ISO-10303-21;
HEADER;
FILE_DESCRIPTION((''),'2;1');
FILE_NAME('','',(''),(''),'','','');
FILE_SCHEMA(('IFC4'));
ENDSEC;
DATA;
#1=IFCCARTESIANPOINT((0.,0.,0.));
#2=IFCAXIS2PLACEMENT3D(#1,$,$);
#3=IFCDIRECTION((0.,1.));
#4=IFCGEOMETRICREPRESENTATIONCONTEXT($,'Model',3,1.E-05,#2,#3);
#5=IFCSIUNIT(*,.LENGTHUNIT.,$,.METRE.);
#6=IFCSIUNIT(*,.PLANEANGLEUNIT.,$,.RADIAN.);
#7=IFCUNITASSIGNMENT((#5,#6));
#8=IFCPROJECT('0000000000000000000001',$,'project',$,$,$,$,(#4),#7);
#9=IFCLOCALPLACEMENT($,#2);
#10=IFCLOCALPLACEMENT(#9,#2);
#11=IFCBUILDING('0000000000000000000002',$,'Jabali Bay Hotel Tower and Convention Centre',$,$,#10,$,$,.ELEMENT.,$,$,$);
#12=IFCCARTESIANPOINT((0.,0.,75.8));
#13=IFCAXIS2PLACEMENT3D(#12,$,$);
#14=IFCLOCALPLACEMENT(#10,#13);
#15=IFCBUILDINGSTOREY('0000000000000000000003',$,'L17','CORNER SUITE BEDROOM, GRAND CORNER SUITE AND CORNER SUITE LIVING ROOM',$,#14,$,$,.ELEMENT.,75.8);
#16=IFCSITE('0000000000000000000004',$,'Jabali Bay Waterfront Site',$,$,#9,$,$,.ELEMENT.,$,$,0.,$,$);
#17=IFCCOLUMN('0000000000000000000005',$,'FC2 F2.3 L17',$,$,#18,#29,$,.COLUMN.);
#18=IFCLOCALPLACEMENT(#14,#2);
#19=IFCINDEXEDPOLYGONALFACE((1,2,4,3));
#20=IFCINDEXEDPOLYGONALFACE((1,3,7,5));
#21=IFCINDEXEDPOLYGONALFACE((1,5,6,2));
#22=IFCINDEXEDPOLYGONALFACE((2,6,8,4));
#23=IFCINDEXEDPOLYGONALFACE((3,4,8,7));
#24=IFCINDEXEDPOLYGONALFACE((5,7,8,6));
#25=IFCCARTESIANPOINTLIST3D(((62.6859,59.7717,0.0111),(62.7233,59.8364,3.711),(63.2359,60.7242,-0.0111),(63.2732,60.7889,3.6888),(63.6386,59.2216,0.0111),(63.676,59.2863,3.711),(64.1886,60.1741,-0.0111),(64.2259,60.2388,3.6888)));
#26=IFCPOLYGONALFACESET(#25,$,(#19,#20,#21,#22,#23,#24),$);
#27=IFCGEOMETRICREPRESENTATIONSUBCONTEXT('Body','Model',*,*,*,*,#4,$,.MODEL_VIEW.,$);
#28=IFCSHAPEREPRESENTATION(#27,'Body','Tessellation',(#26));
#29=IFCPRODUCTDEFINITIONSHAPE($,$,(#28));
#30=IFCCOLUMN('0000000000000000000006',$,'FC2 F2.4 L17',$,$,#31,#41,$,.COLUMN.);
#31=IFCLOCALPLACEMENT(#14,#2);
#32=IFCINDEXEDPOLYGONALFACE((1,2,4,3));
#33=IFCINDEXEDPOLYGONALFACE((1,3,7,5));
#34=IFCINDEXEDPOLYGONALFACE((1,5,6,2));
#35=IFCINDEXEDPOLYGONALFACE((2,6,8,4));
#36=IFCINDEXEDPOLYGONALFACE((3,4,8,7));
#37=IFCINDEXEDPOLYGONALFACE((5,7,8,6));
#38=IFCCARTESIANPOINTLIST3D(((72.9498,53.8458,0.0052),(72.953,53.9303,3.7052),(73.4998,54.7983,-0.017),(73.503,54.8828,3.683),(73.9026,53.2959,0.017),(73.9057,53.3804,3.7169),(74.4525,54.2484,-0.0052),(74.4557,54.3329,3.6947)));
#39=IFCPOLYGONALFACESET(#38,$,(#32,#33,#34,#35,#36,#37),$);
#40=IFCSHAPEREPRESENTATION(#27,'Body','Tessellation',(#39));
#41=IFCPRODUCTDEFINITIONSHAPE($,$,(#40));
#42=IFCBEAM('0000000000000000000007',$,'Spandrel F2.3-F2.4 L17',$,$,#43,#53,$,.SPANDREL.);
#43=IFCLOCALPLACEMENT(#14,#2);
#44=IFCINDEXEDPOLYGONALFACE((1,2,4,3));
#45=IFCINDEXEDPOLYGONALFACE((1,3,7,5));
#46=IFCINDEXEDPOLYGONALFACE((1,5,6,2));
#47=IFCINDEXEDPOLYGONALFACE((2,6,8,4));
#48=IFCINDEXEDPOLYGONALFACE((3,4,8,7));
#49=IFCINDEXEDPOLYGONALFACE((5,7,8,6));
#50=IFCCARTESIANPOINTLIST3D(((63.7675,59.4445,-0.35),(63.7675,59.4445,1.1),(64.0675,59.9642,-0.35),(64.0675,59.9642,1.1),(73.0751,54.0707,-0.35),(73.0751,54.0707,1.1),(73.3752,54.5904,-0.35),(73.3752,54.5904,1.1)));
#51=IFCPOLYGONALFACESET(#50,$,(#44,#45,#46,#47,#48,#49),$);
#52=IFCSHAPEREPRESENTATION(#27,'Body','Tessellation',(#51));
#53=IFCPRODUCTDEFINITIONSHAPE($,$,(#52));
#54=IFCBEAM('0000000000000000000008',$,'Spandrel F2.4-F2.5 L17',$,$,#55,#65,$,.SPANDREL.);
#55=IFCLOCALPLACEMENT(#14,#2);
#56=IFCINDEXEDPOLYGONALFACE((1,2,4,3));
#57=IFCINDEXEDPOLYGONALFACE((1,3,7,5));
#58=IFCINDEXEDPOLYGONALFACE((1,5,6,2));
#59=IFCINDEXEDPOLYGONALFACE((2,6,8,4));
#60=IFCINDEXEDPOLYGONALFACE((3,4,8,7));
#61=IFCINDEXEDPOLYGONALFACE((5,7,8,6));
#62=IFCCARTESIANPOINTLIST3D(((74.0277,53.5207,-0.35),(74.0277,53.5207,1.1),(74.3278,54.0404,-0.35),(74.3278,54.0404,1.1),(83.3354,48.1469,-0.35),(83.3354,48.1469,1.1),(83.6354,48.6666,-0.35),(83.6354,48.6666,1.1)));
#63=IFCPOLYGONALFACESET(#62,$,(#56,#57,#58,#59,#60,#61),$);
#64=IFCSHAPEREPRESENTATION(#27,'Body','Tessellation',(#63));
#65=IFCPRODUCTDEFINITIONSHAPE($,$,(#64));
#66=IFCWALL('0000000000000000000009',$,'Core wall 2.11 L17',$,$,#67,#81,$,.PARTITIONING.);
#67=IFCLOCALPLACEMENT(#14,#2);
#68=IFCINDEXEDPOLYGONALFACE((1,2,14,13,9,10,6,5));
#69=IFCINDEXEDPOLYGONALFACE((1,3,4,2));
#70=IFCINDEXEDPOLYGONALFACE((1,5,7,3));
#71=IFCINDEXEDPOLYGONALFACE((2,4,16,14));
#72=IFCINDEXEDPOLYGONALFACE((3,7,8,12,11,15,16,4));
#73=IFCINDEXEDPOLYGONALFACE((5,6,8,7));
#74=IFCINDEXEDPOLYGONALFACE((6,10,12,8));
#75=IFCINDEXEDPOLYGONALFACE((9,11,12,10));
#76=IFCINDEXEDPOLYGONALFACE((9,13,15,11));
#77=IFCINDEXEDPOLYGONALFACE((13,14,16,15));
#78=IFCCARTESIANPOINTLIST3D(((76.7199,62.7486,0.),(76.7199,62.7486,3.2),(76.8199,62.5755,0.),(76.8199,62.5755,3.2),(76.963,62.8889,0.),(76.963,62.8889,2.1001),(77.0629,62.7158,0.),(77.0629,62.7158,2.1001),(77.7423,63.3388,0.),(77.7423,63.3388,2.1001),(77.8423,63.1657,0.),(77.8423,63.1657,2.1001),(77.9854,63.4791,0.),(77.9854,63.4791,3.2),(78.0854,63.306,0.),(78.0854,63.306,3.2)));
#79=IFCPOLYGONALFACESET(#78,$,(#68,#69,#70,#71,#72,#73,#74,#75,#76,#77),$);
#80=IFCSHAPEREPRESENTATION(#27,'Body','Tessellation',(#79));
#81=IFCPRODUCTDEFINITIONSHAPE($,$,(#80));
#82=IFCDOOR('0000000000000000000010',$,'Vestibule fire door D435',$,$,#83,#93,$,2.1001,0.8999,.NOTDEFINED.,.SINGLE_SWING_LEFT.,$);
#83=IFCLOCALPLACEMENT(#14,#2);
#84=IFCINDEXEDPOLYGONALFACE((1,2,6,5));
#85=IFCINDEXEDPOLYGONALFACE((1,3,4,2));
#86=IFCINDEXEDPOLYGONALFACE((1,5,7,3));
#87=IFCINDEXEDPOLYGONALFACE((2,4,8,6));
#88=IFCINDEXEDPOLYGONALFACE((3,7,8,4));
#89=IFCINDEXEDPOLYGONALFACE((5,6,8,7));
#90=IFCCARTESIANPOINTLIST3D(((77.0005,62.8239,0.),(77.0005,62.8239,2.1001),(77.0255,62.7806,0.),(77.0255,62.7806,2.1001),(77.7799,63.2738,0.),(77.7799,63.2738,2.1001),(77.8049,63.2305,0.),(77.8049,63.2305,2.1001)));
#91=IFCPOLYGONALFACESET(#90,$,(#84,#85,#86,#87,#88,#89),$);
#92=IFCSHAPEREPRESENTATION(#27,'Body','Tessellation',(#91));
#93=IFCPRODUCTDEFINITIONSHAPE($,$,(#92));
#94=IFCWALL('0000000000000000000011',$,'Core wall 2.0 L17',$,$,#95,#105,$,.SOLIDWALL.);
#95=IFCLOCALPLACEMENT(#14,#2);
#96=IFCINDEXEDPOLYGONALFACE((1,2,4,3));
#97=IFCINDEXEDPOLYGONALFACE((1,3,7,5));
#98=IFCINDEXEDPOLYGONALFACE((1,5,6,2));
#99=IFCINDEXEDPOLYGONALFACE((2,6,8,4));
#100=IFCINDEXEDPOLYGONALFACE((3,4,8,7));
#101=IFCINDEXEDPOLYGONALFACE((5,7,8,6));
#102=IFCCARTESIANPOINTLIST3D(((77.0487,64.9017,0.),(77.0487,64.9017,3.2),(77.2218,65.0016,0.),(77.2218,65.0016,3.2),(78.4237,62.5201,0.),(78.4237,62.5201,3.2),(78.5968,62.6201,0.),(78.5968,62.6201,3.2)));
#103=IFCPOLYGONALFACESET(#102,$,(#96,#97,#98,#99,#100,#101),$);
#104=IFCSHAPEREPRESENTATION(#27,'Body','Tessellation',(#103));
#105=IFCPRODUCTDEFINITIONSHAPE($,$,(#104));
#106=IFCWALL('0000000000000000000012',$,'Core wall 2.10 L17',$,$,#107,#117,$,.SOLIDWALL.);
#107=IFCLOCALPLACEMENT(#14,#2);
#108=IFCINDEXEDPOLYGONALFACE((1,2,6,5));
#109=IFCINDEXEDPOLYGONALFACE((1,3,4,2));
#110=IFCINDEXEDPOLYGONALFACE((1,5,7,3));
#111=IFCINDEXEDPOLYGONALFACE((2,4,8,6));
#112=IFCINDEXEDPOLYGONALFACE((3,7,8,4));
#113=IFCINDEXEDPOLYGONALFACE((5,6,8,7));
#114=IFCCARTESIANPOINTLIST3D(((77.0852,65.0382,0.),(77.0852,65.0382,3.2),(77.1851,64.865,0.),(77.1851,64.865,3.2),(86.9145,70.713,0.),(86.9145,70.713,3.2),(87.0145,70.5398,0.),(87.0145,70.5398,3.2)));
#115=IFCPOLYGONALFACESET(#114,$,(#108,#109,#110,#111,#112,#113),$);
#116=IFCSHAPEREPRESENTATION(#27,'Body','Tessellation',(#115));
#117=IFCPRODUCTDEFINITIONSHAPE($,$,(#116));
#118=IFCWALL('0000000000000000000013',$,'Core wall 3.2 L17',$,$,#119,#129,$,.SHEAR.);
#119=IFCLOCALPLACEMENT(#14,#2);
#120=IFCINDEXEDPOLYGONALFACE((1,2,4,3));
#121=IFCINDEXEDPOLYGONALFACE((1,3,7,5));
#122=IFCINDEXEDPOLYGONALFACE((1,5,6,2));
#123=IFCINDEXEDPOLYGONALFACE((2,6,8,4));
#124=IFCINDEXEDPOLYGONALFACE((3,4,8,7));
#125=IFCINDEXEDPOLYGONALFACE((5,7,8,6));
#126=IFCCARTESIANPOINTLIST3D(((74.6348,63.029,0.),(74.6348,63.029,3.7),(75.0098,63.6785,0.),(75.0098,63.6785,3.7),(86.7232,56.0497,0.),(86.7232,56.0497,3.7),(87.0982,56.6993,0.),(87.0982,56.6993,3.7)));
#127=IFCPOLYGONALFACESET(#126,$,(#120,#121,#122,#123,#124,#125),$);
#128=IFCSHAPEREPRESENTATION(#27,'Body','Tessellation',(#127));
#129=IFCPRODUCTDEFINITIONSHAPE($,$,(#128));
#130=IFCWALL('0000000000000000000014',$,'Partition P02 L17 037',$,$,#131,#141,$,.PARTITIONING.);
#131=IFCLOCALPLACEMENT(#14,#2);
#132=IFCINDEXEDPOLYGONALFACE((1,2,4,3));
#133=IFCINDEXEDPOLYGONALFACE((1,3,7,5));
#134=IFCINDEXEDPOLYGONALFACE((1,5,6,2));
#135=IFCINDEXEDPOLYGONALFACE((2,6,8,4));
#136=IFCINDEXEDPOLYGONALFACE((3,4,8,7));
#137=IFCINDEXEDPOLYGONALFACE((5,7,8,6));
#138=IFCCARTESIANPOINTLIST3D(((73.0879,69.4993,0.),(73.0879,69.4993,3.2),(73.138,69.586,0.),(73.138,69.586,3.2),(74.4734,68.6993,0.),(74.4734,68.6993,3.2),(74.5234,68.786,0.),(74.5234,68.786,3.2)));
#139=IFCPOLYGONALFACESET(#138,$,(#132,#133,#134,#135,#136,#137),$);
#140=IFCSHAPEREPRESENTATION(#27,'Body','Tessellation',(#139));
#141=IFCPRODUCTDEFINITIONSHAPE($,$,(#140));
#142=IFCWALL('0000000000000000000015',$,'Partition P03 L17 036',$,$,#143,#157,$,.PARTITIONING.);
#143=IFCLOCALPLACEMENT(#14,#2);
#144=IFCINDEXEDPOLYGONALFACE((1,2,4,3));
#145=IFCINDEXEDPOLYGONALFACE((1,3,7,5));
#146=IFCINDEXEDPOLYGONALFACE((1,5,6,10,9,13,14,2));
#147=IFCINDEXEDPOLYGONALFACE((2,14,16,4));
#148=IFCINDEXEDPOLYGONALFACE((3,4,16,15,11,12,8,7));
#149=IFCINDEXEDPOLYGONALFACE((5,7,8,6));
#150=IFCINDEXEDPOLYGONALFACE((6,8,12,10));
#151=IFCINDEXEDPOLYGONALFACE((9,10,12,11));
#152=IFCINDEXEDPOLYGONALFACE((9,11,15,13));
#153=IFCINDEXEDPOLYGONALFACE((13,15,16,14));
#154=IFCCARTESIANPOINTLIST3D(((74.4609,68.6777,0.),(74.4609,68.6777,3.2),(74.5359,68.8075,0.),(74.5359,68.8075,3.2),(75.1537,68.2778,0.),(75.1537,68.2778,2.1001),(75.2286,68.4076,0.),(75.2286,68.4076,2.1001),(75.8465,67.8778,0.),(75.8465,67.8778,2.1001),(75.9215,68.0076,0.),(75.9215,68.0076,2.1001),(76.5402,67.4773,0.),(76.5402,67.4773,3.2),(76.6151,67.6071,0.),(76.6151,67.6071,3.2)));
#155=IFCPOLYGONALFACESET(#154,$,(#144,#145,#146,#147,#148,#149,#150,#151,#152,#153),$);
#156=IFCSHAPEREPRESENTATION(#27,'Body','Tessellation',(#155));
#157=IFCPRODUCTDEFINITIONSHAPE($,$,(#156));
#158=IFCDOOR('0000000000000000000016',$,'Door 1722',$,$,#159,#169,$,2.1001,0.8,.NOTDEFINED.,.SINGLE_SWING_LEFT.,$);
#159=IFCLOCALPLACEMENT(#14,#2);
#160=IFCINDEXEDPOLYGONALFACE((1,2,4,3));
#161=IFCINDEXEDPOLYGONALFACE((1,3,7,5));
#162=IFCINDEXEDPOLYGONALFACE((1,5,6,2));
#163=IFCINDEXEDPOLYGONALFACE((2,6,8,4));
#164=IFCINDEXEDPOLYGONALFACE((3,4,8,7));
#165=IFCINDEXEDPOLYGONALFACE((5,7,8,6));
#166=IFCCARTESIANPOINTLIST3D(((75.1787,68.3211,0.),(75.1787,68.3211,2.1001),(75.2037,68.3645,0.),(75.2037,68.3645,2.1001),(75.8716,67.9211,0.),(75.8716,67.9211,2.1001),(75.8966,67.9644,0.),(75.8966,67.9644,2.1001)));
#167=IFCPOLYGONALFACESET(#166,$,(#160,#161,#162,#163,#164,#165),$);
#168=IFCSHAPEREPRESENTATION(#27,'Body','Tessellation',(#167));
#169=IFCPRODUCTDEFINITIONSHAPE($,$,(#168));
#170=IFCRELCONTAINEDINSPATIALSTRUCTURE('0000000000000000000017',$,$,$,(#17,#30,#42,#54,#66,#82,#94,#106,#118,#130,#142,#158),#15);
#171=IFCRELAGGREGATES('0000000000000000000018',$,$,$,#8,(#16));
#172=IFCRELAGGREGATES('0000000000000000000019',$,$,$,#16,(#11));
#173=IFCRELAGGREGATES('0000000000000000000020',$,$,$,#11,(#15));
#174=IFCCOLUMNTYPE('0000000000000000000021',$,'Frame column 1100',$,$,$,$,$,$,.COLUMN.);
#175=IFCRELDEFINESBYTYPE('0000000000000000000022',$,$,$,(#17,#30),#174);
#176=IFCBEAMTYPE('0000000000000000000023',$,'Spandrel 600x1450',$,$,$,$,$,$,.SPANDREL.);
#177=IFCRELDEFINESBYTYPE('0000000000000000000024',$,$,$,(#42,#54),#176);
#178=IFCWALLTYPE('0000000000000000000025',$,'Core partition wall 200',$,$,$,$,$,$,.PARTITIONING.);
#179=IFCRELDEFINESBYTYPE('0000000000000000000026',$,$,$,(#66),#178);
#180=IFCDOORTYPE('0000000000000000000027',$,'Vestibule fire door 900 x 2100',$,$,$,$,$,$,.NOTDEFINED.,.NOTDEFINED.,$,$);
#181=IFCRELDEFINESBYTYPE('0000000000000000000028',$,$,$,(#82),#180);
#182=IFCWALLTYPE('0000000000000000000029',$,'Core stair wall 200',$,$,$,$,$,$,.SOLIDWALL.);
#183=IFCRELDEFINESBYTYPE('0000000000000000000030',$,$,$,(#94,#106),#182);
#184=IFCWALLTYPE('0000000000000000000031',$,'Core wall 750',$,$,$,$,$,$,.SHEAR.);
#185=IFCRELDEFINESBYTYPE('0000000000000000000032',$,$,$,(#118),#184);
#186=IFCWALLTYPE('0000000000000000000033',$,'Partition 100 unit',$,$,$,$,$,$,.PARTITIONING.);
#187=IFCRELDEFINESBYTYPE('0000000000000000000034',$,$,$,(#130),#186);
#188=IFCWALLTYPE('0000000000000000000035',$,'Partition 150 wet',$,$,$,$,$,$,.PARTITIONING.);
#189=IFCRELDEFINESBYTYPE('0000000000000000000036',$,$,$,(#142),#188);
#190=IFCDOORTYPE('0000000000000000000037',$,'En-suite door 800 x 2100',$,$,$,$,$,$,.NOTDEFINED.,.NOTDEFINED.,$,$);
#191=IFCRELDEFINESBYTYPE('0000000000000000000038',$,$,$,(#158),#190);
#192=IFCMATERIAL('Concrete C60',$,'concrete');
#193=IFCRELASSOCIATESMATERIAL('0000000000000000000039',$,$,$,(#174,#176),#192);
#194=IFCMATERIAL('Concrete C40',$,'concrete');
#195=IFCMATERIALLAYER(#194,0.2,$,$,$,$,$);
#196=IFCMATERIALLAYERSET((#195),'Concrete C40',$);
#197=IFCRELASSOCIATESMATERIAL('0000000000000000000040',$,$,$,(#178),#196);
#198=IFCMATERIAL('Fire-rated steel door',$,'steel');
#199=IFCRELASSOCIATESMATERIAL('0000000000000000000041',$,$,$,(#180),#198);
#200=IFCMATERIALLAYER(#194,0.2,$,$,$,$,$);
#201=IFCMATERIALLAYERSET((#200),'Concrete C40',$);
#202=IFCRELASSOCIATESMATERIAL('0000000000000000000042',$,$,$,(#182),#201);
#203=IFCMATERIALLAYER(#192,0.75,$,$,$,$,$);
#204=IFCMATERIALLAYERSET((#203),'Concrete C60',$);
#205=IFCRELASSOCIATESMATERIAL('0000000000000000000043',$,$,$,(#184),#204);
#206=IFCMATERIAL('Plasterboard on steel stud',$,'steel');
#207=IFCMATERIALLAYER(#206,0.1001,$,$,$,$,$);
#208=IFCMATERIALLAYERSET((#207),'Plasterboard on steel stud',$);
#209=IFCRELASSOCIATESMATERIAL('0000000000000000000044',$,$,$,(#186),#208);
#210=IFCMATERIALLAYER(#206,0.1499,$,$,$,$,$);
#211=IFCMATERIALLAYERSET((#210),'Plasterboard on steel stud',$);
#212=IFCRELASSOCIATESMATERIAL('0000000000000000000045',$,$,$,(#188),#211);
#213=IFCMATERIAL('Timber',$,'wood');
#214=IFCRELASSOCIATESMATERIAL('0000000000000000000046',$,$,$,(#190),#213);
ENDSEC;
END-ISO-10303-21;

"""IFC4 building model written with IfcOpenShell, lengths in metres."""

from ifc_helpers import new_model, si_unit, direction, frame, frame_2d, origin, origin_2d, place, context, subcontext, project, spatial, rectangle, extrude, material, layer, layer_set, material_profile, profile_set, type_object, element, fill, save


model = new_model("IFC4")

# Units and contexts
model_context = context("Model", 3, precision=1e-05, world=origin(), true_north=direction((0.0, 1.0)))
body_context = subcontext(model_context, "Body", "Model", "MODEL_VIEW")
ifc_project = project(units=[si_unit("LENGTHUNIT", "METRE"), si_unit("PLANEANGLEUNIT", "RADIAN")], contexts=[model_context])

# Site, building, storey
site_placement = place(None, origin())
site = spatial("IfcSite", under=ifc_project, at=site_placement, Name="Jabali Bay Waterfront Site", CompositionType="ELEMENT", RefElevation=0.0)
building_placement = place(site_placement, origin())
building = spatial("IfcBuilding", under=site, at=building_placement, Name="Jabali Bay Hotel Tower and Convention Centre", CompositionType="ELEMENT")
storey_placement = place(building_placement, frame((0.0, 0.0, 75.8)))
storey = spatial("IfcBuildingStorey", under=building, at=storey_placement, Name="L17", Description="CORNER SUITE BEDROOM, GRAND CORNER SUITE AND CORNER SUITE LIVING ROOM", CompositionType="ELEMENT", Elevation=75.8)

# Columns
ifc_material_1 = material(Name="Concrete C60", Category="concrete")
ifc_material_profile_1 = material_profile(ifc_material_1, rectangle(XDim=1.1001, YDim=1.1001, at=origin_2d()), Name="Frame column 1100")
ifc_profile_set_1 = profile_set([ifc_material_profile_1], Name="Concrete C60")
column_type = type_object("IfcColumnType", Name="Frame column 1100", PredefinedType="COLUMN", material=ifc_profile_set_1)
column_1_placement = place(storey_placement, frame((63.4373, 59.9729, 0.0), z_axis=(0.010094, 0.017482, 0.999796), x_axis=(-0.866026, 0.499999, 0.0)))
element("IfcColumn", 1, at=column_1_placement, inside=storey, type_object=column_type, Name="FC2 F2.3 L17", PredefinedType="COLUMN", context=body_context, shape_type="SweptSolid", body=[
    extrude(rectangle(XDim=1.1001, YDim=1.1001, at=origin_2d()), origin(), (0.0, 0.0, 1.0), 3.7007),
])
column_2_placement = place(storey_placement, frame((73.7012, 54.0471, 0.0), z_axis=(0.000858, 0.022825, 0.999739), x_axis=(-0.499939, -0.865825, 0.020196)))
element("IfcColumn", 2, at=column_2_placement, inside=storey, type_object=column_type, Name="FC2 F2.4 L17", PredefinedType="COLUMN", context=body_context, shape_type="SweptSolid", body=[
    extrude(rectangle(XDim=1.1001, YDim=1.1001, at=origin_2d()), origin(), (0.0, 0.0, 1.0), 3.7009),
])

# Beams
ifc_material_profile_2 = material_profile(ifc_material_1, rectangle(XDim=0.6001, YDim=1.45, at=origin_2d()), Name="Spandrel 600x1450")
ifc_profile_set_2 = profile_set([ifc_material_profile_2], Name="Concrete C60")
beam_type = type_object("IfcBeamType", Name="Spandrel 600x1450", PredefinedType="SPANDREL", material=ifc_profile_set_2)
for number, where, z_axis, x_axis, name in (
    (3, (63.9175, 59.7043, 0.375), (0.866024, -0.500002, 0.0), (0.500002, 0.866024, 0.0), "Spandrel F2.3-F2.4 L17"),
    (4, (74.1777, 53.7805, 0.375), (0.866024, -0.500002, 0.0), (0.500002, 0.866024, 0.0), "Spandrel F2.4-F2.5 L17"),
):
    element("IfcBeam", number, at=place(storey_placement, frame(where, z_axis=z_axis, x_axis=x_axis)), inside=storey, type_object=beam_type, Name=name, PredefinedType="SPANDREL", context=body_context, shape_type="SweptSolid", body=[
        extrude(rectangle(XDim=0.6001, YDim=1.45, at=origin_2d()), origin(), (0.0, 0.0, 1.0), 10.7476),
    ])

# Wall, opening, door
ifc_material_2 = material(Name="Concrete C40", Category="concrete")
ifc_layer_1 = layer(ifc_material_2, 0.2)
ifc_layer_set_1 = layer_set([ifc_layer_1], Name="Concrete C40")
wall_type_1 = type_object("IfcWallType", Name="Core partition wall 200", PredefinedType="PARTITIONING", material=ifc_layer_set_1)
wall_1_placement = place(storey_placement, frame((76.77, 62.6621, 0.0), z_axis=(0.0, 0.0, 1.0), x_axis=(0.866055, 0.499949, 0.0)))
wall_1 = element("IfcWall", 5, at=wall_1_placement, inside=storey, type_object=wall_type_1, Name="Core wall 2.11 L17", PredefinedType="PARTITIONING", context=body_context, shape_type="SweptSolid", body=[
    extrude(rectangle(XDim=1.4612, YDim=0.2, at=frame_2d((0.7305, 0.0))), origin(), (0.0, 0.0, 1.0), 3.2),
])
opening_1_placement = place(wall_1_placement, frame((0.2805, 0.0, 0.0)))
opening_1 = element("IfcOpeningElement", 6, at=opening_1_placement, cuts=wall_1, PredefinedType="OPENING", context=body_context, shape_type="SweptSolid", body=[
    extrude(rectangle(XDim=0.8999, YDim=2.1001, at=frame_2d((0.45, 1.05))), frame((0.0, 0.1104, 0.0), z_axis=(0.0, -1.0, 0.0), x_axis=(1.0, 0.0, 0.0)), (0.0, 0.0, 1.0), 0.2209),
])
ifc_material_3 = material(Name="Fire-rated steel door", Category="steel")
door_type_1 = type_object("IfcDoorType", Name="Vestibule fire door 900 x 2100", OperationType="NOTDEFINED", PredefinedType="NOTDEFINED", material=ifc_material_3)
door_1_placement = place(opening_1_placement, origin())
door_1 = element("IfcDoor", 7, at=door_1_placement, inside=storey, type_object=door_type_1, Name="Vestibule fire door D435", OperationType="SINGLE_SWING_LEFT", OverallHeight=2.1001, OverallWidth=0.8999, PredefinedType="NOTDEFINED", context=body_context, shape_type="SweptSolid", body=[
    extrude(rectangle(XDim=0.8999, YDim=2.1001, at=frame_2d((0.45, 1.05))), frame((0.0, 0.0249, 0.0), z_axis=(0.0, -1.0, 0.0), x_axis=(1.0, 0.0, 0.0)), (0.0, 0.0, 1.0), 0.05),
])
fill(opening_1, door_1)

# Walls
ifc_layer_2 = layer(ifc_material_2, 0.2)
ifc_layer_set_2 = layer_set([ifc_layer_2], Name="Concrete C40")
wall_type_2 = type_object("IfcWallType", Name="Core stair wall 200", PredefinedType="SOLIDWALL", material=ifc_layer_set_2)
wall_2_placement = place(storey_placement, frame((77.1353, 64.9517, 0.0), z_axis=(0.0, 0.0, 1.0), x_axis=(0.499997, -0.866027, 0.0)))
element("IfcWall", 8, at=wall_2_placement, inside=storey, type_object=wall_type_2, Name="Core wall 2.0 L17", PredefinedType="SOLIDWALL", context=body_context, shape_type="SweptSolid", body=[
    extrude(rectangle(XDim=2.75, YDim=0.2, at=frame_2d((1.375, 0.0))), origin(), (0.0, 0.0, 1.0), 3.2),
])
wall_3_placement = place(storey_placement, frame((77.1353, 64.9517, 0.0), z_axis=(0.0, 0.0, 1.0), x_axis=(0.866032, 0.499989, 0.0)))
element("IfcWall", 9, at=wall_3_placement, inside=storey, type_object=wall_type_2, Name="Core wall 2.10 L17", PredefinedType="SOLIDWALL", context=body_context, shape_type="SweptSolid", body=[
    extrude(rectangle(XDim=11.3499, YDim=0.2, at=frame_2d((5.6748, 0.0))), origin(), (0.0, 0.0, 1.0), 3.2),
])
ifc_layer_3 = layer(ifc_material_1, 0.75)
ifc_layer_set_3 = layer_set([ifc_layer_3], Name="Concrete C60")
wall_type_3 = type_object("IfcWallType", Name="Core wall 750", PredefinedType="SHEAR", material=ifc_layer_set_3)
wall_4_placement = place(storey_placement, frame((74.8223, 63.3538, 0.0), z_axis=(0.0, 0.0, 1.0), x_axis=(0.866025, -0.500001, 0.0)))
element("IfcWall", 10, at=wall_4_placement, inside=storey, type_object=wall_type_3, Name="Core wall 3.2 L17", PredefinedType="SHEAR", context=body_context, shape_type="SweptSolid", body=[
    extrude(rectangle(XDim=13.9585, YDim=0.75, at=frame_2d((6.9792, 0.0))), origin(), (0.0, 0.0, 1.0), 3.7),
])
ifc_material_4 = material(Name="Plasterboard on steel stud", Category="steel")
ifc_layer_4 = layer(ifc_material_4, 0.1001)
ifc_layer_set_4 = layer_set([ifc_layer_4], Name="Plasterboard on steel stud")
wall_type_4 = type_object("IfcWallType", Name="Partition 100 unit", PredefinedType="PARTITIONING", material=ifc_layer_set_4)
wall_5_placement = place(storey_placement, frame((74.4983, 68.7427, 0.0), z_axis=(0.0, 0.0, 1.0), x_axis=(-0.86599, 0.500061, 0.0)))
element("IfcWall", 11, at=wall_5_placement, inside=storey, type_object=wall_type_4, Name="Partition P02 L17 037", PredefinedType="PARTITIONING", context=body_context, shape_type="SweptSolid", body=[
    extrude(rectangle(XDim=1.5999, YDim=0.1001, at=frame_2d((0.7998, 0.0))), origin(), (0.0, 0.0, 1.0), 3.2),
])

# Wall, opening, door
ifc_layer_5 = layer(ifc_material_4, 0.1499)
ifc_layer_set_5 = layer_set([ifc_layer_5], Name="Plasterboard on steel stud")
wall_type_5 = type_object("IfcWallType", Name="Partition 150 wet", PredefinedType="PARTITIONING", material=ifc_layer_set_5)
wall_6_placement = place(storey_placement, frame((76.5776, 67.5422, 0.0), z_axis=(0.0, 0.0, 1.0), x_axis=(-0.866038, 0.499978, 0.0)))
wall_6 = element("IfcWall", 12, at=wall_6_placement, inside=storey, type_object=wall_type_5, Name="Partition P03 L17 036", PredefinedType="PARTITIONING", context=body_context, shape_type="SweptSolid", body=[
    extrude(rectangle(XDim=2.4009, YDim=0.1499, at=frame_2d((1.2004, 0.0))), origin(), (0.0, 0.0, 1.0), 3.2),
])
opening_2_placement = place(wall_6_placement, frame((0.801, 0.0, 0.0)))
opening_2 = element("IfcOpeningElement", 13, at=opening_2_placement, cuts=wall_6, PredefinedType="OPENING", context=body_context, shape_type="SweptSolid", body=[
    extrude(rectangle(XDim=0.8, YDim=2.1001, at=frame_2d((0.3999, 1.05))), frame((0.0, 0.0854, 0.0), z_axis=(0.0, -1.0, 0.0), x_axis=(1.0, 0.0, 0.0)), (0.0, 0.0, 1.0), 0.1709),
])
ifc_material_5 = material(Name="Timber", Category="wood")
door_type_2 = type_object("IfcDoorType", Name="En-suite door 800 x 2100", OperationType="NOTDEFINED", PredefinedType="NOTDEFINED", material=ifc_material_5)
door_2_placement = place(opening_2_placement, origin())
door_2 = element("IfcDoor", 14, at=door_2_placement, inside=storey, type_object=door_type_2, Name="Door 1722", OperationType="SINGLE_SWING_LEFT", OverallHeight=2.1001, OverallWidth=0.8, PredefinedType="NOTDEFINED", context=body_context, shape_type="SweptSolid", body=[
    extrude(rectangle(XDim=0.8, YDim=2.1001, at=frame_2d((0.3999, 1.05))), frame((0.0, 0.0249, 0.0), z_axis=(0.0, -1.0, 0.0), x_axis=(1.0, 0.0, 0.0)), (0.0, 0.0, 1.0), 0.05),
])
fill(opening_2, door_2)

save(model, "model.ifc")
